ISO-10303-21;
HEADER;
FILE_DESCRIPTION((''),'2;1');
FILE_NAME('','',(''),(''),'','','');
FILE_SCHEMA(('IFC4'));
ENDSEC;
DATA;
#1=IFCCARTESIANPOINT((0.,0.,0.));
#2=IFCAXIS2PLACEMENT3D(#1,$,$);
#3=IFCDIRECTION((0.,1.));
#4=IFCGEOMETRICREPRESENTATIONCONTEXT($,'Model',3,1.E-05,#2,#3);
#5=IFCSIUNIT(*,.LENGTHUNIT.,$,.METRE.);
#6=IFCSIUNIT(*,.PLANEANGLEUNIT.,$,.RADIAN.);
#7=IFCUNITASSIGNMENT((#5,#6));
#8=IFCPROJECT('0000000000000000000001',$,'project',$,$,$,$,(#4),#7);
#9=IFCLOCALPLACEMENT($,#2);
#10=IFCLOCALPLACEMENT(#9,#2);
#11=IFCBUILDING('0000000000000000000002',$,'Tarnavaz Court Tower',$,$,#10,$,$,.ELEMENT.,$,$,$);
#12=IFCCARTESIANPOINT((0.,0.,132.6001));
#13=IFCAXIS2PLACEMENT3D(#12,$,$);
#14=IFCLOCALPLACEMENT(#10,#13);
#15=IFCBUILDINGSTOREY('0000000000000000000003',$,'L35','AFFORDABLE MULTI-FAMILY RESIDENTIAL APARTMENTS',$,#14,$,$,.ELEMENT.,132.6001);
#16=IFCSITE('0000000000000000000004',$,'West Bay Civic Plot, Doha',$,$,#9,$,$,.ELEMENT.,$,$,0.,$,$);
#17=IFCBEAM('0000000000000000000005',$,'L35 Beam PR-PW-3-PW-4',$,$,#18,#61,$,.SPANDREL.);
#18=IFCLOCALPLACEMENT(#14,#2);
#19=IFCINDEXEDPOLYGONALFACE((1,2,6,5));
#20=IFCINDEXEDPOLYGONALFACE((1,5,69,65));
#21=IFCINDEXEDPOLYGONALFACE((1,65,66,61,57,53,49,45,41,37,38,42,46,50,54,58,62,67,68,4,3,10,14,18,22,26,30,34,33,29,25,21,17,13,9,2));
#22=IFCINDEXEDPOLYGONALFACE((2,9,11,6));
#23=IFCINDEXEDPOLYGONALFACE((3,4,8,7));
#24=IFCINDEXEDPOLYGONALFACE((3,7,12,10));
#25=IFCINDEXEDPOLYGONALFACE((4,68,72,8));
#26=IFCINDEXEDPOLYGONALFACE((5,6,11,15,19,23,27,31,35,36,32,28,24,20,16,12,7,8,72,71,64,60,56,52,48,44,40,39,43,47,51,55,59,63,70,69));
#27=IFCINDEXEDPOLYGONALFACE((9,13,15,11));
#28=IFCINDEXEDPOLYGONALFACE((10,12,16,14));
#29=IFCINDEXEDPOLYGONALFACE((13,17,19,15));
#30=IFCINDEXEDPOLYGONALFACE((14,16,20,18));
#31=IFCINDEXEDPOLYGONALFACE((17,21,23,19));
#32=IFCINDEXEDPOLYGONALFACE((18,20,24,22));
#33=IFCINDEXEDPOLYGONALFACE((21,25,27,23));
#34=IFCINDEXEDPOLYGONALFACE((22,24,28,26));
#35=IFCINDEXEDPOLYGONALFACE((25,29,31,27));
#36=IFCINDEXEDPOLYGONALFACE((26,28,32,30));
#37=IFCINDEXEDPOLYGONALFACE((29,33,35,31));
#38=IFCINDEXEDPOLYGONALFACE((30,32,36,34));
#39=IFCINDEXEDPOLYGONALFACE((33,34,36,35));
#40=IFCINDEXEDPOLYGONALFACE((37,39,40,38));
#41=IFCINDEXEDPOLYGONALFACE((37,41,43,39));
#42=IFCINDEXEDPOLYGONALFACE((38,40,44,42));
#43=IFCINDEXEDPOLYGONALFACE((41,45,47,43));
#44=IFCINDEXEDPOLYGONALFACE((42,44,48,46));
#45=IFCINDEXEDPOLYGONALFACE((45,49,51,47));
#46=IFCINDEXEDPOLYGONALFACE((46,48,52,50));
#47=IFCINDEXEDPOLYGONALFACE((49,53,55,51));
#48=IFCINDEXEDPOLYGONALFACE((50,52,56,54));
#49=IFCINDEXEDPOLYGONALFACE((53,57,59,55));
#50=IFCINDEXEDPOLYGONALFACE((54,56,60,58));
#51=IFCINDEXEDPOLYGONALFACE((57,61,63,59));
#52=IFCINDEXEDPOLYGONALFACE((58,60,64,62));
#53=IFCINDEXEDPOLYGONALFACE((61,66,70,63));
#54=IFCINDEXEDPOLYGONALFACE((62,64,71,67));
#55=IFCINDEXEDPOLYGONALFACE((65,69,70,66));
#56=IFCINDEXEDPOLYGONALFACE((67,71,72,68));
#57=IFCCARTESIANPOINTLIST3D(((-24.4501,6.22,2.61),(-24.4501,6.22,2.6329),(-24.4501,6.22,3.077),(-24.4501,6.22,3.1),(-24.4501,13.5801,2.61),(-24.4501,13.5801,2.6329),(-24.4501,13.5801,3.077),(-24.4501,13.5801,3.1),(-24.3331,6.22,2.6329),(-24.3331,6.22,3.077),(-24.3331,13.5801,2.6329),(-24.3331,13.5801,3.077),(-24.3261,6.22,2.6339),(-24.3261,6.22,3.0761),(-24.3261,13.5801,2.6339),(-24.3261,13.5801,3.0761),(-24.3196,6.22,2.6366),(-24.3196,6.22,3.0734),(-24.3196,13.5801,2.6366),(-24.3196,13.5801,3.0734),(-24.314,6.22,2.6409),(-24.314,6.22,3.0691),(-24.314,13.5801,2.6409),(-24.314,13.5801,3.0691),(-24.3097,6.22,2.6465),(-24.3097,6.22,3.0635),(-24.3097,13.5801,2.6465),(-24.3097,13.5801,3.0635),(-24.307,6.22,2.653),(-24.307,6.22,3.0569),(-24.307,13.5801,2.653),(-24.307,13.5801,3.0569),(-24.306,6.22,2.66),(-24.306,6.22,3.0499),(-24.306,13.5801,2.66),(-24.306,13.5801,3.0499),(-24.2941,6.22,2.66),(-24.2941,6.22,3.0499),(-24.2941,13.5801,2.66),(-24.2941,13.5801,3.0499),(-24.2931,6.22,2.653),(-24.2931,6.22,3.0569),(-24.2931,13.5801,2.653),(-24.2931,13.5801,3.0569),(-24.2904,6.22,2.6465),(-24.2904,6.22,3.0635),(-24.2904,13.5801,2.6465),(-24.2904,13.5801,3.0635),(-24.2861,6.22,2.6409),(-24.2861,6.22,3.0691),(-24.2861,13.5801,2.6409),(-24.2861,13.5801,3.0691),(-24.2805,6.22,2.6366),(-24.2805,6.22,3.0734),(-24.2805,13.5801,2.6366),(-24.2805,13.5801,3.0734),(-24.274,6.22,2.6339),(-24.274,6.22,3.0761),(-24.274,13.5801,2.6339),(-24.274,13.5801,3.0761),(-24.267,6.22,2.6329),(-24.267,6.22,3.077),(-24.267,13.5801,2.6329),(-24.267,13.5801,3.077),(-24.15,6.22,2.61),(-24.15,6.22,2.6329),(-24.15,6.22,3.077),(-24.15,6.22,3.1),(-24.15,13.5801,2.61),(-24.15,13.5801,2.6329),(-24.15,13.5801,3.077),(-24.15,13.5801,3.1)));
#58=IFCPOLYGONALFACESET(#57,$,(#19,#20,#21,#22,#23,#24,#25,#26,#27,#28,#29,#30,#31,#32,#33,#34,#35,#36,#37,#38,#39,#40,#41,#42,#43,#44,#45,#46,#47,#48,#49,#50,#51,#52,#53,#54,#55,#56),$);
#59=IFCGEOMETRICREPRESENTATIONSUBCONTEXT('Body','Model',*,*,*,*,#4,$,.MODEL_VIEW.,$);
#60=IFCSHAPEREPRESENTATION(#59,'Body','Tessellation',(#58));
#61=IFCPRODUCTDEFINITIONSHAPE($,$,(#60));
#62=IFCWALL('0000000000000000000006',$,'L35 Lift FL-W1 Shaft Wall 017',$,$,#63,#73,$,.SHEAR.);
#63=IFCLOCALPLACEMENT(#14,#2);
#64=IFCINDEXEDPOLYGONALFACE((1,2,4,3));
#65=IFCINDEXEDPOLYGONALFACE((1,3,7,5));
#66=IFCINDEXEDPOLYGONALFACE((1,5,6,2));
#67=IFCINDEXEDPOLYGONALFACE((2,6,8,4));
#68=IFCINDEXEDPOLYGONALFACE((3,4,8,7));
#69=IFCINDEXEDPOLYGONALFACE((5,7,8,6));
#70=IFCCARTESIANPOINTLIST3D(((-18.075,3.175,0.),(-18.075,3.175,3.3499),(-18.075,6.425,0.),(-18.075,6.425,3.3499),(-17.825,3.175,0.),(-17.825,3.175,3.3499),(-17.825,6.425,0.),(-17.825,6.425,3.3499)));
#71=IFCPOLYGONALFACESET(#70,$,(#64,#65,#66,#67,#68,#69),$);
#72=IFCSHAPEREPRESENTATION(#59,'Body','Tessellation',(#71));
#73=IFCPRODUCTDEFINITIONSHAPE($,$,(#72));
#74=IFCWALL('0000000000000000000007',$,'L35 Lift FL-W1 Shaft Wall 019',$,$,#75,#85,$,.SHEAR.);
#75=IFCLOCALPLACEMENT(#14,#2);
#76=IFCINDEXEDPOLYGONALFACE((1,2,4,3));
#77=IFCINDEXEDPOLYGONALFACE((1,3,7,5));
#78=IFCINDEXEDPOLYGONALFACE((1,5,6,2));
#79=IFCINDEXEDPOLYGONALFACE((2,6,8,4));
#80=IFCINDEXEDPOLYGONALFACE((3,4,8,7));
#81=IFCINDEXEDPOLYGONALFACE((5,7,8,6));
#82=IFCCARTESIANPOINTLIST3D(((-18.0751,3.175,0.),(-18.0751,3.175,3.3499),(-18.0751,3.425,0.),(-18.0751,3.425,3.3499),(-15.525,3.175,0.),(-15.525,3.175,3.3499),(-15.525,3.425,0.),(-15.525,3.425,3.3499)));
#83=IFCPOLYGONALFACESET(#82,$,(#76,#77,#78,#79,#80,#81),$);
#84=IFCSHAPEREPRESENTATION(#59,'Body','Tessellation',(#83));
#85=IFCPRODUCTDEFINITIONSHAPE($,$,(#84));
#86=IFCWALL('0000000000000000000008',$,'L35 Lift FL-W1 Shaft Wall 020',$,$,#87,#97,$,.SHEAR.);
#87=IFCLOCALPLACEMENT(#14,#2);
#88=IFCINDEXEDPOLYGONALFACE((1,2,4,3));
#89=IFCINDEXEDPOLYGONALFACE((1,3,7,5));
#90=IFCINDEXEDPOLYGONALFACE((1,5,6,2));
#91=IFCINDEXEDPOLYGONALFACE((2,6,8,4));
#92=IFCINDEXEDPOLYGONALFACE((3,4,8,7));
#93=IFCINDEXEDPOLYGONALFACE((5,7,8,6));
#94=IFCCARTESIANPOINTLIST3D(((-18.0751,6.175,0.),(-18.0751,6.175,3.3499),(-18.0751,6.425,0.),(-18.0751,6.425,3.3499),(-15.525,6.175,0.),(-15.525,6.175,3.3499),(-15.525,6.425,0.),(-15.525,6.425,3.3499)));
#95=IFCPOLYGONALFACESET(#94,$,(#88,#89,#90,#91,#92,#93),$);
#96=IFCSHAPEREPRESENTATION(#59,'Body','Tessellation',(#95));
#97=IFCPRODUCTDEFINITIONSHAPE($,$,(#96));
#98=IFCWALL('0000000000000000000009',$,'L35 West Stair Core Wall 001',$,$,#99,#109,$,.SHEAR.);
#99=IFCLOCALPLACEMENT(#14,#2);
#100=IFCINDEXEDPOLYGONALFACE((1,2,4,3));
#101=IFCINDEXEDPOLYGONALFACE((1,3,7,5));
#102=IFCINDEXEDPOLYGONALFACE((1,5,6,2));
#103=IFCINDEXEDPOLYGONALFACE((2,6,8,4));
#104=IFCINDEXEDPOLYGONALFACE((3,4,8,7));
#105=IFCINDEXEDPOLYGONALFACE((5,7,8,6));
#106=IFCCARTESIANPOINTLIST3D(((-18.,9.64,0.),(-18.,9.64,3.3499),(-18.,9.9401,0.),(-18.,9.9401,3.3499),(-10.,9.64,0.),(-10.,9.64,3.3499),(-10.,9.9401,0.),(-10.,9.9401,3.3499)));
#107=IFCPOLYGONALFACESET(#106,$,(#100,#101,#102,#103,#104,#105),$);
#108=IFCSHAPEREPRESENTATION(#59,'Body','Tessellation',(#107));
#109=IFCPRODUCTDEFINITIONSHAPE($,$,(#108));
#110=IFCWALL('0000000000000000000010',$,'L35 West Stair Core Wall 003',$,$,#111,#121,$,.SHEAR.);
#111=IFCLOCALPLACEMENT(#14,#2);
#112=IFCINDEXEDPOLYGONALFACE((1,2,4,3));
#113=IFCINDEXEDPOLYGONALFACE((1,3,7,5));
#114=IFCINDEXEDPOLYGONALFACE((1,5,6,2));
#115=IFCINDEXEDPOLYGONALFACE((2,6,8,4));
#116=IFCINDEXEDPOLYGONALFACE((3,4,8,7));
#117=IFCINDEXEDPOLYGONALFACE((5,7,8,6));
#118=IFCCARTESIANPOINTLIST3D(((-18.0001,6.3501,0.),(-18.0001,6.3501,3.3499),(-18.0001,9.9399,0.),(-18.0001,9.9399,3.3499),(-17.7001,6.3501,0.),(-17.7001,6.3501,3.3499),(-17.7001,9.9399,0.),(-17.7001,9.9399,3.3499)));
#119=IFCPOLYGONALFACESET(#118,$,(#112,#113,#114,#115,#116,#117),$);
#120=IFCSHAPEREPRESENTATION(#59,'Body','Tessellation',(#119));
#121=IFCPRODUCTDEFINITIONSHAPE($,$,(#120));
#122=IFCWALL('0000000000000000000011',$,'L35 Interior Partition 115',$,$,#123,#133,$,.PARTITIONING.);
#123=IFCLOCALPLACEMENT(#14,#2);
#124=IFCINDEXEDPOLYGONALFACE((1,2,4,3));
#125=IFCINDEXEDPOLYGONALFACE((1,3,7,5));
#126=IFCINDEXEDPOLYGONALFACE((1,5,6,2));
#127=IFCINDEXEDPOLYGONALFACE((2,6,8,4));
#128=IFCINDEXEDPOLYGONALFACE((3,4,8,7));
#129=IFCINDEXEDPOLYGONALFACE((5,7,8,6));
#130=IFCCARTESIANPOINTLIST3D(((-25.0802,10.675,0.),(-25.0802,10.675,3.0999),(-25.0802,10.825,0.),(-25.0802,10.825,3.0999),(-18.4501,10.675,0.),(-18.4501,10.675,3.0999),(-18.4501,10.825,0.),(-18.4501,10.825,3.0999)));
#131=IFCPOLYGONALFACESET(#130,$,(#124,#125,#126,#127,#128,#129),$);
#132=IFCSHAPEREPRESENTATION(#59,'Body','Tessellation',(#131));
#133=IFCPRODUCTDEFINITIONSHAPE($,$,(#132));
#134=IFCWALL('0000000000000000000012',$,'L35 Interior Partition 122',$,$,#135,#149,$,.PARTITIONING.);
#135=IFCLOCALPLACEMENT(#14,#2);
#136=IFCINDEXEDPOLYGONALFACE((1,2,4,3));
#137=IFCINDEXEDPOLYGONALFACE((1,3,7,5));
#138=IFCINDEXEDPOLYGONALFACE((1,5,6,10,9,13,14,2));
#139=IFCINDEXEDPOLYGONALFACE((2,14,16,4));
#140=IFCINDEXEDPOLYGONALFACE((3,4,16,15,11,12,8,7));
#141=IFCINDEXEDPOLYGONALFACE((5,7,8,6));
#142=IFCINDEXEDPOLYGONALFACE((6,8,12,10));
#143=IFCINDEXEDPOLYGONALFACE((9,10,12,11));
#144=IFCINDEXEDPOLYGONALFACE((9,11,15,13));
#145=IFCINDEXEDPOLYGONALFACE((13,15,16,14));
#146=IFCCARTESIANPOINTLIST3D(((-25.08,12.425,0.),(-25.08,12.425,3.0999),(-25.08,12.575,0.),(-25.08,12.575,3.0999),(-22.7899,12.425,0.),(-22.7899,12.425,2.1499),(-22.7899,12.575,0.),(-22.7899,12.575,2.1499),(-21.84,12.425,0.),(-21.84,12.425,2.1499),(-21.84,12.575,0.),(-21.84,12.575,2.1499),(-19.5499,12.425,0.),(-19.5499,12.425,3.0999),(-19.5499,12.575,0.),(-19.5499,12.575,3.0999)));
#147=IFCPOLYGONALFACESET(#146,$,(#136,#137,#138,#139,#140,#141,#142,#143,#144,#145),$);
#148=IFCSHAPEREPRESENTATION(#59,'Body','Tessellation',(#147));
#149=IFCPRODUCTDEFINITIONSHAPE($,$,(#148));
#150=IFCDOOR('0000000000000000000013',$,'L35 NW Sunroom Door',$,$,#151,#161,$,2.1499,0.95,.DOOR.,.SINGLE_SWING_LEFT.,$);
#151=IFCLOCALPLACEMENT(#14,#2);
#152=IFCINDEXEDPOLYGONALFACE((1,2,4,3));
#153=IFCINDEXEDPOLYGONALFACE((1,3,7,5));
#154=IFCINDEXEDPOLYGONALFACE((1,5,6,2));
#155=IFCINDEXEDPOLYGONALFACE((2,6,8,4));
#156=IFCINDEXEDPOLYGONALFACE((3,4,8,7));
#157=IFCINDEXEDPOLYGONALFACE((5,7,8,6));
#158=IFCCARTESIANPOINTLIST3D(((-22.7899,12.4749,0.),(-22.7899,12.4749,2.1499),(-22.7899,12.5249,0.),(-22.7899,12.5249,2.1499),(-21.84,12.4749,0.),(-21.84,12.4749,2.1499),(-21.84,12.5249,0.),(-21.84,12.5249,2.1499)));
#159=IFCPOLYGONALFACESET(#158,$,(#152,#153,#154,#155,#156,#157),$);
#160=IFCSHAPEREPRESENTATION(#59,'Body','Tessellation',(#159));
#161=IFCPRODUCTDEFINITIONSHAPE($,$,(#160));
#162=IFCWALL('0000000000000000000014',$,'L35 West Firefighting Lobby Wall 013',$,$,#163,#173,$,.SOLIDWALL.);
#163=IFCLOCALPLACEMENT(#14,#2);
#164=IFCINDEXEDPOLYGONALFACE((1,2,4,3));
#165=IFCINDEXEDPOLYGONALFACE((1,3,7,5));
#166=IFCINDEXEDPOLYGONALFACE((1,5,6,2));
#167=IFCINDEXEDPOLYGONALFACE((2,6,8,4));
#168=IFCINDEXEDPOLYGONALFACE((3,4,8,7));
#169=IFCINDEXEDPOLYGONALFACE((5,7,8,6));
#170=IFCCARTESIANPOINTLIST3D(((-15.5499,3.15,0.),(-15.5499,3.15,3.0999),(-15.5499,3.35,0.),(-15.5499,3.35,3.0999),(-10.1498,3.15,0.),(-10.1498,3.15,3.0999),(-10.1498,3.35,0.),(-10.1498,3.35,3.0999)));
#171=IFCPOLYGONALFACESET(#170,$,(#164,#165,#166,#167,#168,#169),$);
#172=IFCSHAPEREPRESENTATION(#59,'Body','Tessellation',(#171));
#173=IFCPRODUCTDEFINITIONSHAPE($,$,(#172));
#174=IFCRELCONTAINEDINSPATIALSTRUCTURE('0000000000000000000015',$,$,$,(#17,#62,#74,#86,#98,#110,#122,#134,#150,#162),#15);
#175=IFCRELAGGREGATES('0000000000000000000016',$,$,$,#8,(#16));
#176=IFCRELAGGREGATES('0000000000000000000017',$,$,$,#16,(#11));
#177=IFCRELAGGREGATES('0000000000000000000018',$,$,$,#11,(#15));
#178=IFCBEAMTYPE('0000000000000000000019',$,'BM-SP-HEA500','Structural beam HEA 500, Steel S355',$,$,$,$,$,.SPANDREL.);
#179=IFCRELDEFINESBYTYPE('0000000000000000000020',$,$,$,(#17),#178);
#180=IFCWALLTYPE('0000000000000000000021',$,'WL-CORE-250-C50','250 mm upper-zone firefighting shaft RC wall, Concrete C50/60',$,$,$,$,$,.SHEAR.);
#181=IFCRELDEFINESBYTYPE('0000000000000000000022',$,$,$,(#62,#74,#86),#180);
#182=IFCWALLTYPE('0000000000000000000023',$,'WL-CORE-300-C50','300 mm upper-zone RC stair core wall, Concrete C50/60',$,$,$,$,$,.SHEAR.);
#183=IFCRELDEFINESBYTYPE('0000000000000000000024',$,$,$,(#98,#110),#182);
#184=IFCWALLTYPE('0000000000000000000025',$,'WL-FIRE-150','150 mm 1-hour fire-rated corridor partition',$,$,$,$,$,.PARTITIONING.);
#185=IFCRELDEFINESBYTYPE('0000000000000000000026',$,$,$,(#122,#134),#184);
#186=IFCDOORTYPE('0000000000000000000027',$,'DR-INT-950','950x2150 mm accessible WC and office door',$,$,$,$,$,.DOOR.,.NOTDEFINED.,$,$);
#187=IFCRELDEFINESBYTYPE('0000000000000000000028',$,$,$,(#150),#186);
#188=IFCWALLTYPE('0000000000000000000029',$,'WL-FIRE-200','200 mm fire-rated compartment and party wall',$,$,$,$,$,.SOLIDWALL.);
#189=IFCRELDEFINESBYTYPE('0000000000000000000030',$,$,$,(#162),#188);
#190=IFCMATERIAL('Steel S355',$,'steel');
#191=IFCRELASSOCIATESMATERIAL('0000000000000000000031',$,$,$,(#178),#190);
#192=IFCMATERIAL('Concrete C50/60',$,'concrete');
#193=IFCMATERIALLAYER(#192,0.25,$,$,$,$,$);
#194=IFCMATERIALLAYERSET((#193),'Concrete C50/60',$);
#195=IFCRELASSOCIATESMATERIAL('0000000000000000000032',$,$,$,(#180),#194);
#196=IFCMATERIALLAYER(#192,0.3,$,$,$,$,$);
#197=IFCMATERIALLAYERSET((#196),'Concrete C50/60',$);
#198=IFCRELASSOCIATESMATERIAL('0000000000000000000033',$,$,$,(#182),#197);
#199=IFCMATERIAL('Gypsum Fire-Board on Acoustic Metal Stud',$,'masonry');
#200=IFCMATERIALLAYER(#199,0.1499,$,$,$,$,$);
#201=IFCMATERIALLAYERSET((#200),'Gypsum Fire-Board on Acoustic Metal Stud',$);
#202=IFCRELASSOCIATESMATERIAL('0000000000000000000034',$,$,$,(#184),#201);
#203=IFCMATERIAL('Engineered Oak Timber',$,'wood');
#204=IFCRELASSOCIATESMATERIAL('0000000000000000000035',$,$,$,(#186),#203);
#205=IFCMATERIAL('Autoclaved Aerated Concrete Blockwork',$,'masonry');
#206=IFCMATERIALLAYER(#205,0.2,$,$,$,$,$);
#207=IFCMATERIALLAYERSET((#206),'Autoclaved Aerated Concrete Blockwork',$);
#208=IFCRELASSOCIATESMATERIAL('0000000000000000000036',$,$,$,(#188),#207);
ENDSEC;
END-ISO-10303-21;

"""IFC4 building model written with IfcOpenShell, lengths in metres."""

from ifc_helpers import new_model, si_unit, direction, frame, frame_2d, origin, origin_2d, place, context, subcontext, project, spatial, rectangle, i_section, extrude, material, layer, layer_set, material_profile, profile_set, type_object, element, fill, save


model = new_model("IFC4")

# Units and contexts
model_context = context("Model", 3, precision=1e-05, world=origin(), true_north=direction((0.0, 1.0)))
body_context = subcontext(model_context, "Body", "Model", "MODEL_VIEW")
ifc_project = project(units=[si_unit("LENGTHUNIT", "METRE"), si_unit("PLANEANGLEUNIT", "RADIAN")], contexts=[model_context])

# Site, building, storey
site_placement = place(None, origin())
site = spatial("IfcSite", under=ifc_project, at=site_placement, Name="West Bay Civic Plot, Doha", CompositionType="ELEMENT", RefElevation=0.0)
building_placement = place(site_placement, origin())
building = spatial("IfcBuilding", under=site, at=building_placement, Name="Tarnavaz Court Tower", CompositionType="ELEMENT")
storey_placement = place(building_placement, frame((0.0, 0.0, 132.6001)))
storey = spatial("IfcBuildingStorey", under=building, at=storey_placement, Name="L35", Description="AFFORDABLE MULTI-FAMILY RESIDENTIAL APARTMENTS", CompositionType="ELEMENT", Elevation=132.6001)

# Shared definitions
ifc_material_1 = material(Name="Concrete C50/60", Category="concrete")

# Beam
ifc_material_2 = material(Name="Steel S355", Category="steel")
ifc_material_profile_1 = material_profile(ifc_material_2, i_section(OverallWidth=0.3, OverallDepth=0.49, WebThickness=0.012, FlangeThickness=0.0229, FilletRadius=0.0271, at=origin_2d()), Name="HEA 500")
ifc_profile_set_1 = profile_set([ifc_material_profile_1], Name="Steel S355")
beam_type_1 = type_object("IfcBeamType", Name="BM-SP-HEA500", Description="Structural beam HEA 500, Steel S355", PredefinedType="SPANDREL", material=ifc_profile_set_1)
beam_1_placement = place(storey_placement, frame((-24.3, 6.22, 2.855), z_axis=(0.0, 1.0, 0.0), x_axis=(-1.0, 0.0, 0.0)))
element("IfcBeam", 1, at=beam_1_placement, inside=storey, type_object=beam_type_1, Name="L35 Beam PR-PW-3-PW-4", PredefinedType="SPANDREL", context=body_context, shape_type="SweptSolid", body=[
    extrude(i_section(OverallWidth=0.3, OverallDepth=0.49, WebThickness=0.012, FlangeThickness=0.0229, FilletRadius=0.0271, at=origin_2d()), origin(), (0.0, 0.0, 1.0), 7.3601),
])

# Wall
ifc_layer_1 = layer(ifc_material_1, 0.25)
ifc_layer_set_1 = layer_set([ifc_layer_1], Name="Concrete C50/60")
wall_type_1 = type_object("IfcWallType", Name="WL-CORE-250-C50", Description="250 mm upper-zone firefighting shaft RC wall, Concrete C50/60", PredefinedType="SHEAR", material=ifc_layer_set_1)
wall_1_placement = place(storey_placement, frame((-17.95, 3.175, 0.0), z_axis=(0.0, 0.0, 1.0), x_axis=(0.0, 1.0, 0.0)))
element("IfcWall", 2, at=wall_1_placement, inside=storey, type_object=wall_type_1, Name="L35 Lift FL-W1 Shaft Wall 017", PredefinedType="SHEAR", context=body_context, shape_type="SweptSolid", body=[
    extrude(rectangle(XDim=3.25, YDim=0.25, at=frame_2d((1.625, 0.0))), origin(), (0.0, 0.0, 1.0), 3.3499),
])

# Walls
for number, where, z_axis, x_axis, name in (
    (3, (-18.075, 3.3, 0.0), (0.0, 0.0, 1.0), (1.0, 0.0, 0.0), "L35 Lift FL-W1 Shaft Wall 019"),
    (4, (-18.075, 6.3, 0.0), (0.0, 0.0, 1.0), (1.0, 0.0, 0.0), "L35 Lift FL-W1 Shaft Wall 020"),
):
    element("IfcWall", number, at=place(storey_placement, frame(where, z_axis=z_axis, x_axis=x_axis)), inside=storey, type_object=wall_type_1, Name=name, PredefinedType="SHEAR", context=body_context, shape_type="SweptSolid", body=[
        extrude(rectangle(XDim=2.55, YDim=0.25, at=frame_2d((1.2749, 0.0))), origin(), (0.0, 0.0, 1.0), 3.3499),
    ])
ifc_layer_2 = layer(ifc_material_1, 0.3)
ifc_layer_set_2 = layer_set([ifc_layer_2], Name="Concrete C50/60")
wall_type_2 = type_object("IfcWallType", Name="WL-CORE-300-C50", Description="300 mm upper-zone RC stair core wall, Concrete C50/60", PredefinedType="SHEAR", material=ifc_layer_set_2)
wall_2_placement = place(storey_placement, frame((-18.0, 9.79, 0.0), z_axis=(0.0, 0.0, 1.0), x_axis=(1.0, 0.0, 0.0)))
element("IfcWall", 5, at=wall_2_placement, inside=storey, type_object=wall_type_2, Name="L35 West Stair Core Wall 001", PredefinedType="SHEAR", context=body_context, shape_type="SweptSolid", body=[
    extrude(rectangle(XDim=8.0, YDim=0.3, at=frame_2d((4.0, 0.0))), origin(), (0.0, 0.0, 1.0), 3.3499),
])

# Walls
wall_3_placement = place(storey_placement, frame((-17.8501, 6.3501, 0.0), z_axis=(0.0, 0.0, 1.0), x_axis=(0.0, 1.0, 0.0)))
element("IfcWall", 6, at=wall_3_placement, inside=storey, type_object=wall_type_2, Name="L35 West Stair Core Wall 003", PredefinedType="SHEAR", context=body_context, shape_type="SweptSolid", body=[
    extrude(rectangle(XDim=3.5898, YDim=0.3, at=frame_2d((1.7949, 0.0))), origin(), (0.0, 0.0, 1.0), 3.3499),
])
ifc_material_3 = material(Name="Gypsum Fire-Board on Acoustic Metal Stud", Category="masonry")
ifc_layer_3 = layer(ifc_material_3, 0.1499)
ifc_layer_set_3 = layer_set([ifc_layer_3], Name="Gypsum Fire-Board on Acoustic Metal Stud")
wall_type_3 = type_object("IfcWallType", Name="WL-FIRE-150", Description="150 mm 1-hour fire-rated corridor partition", PredefinedType="PARTITIONING", material=ifc_layer_set_3)
wall_4_placement = place(storey_placement, frame((-25.0801, 10.75, 0.0), z_axis=(0.0, 0.0, 1.0), x_axis=(1.0, 0.0, 0.0)))
element("IfcWall", 7, at=wall_4_placement, inside=storey, type_object=wall_type_3, Name="L35 Interior Partition 115", PredefinedType="PARTITIONING", context=body_context, shape_type="SweptSolid", body=[
    extrude(rectangle(XDim=6.6301, YDim=0.1499, at=frame_2d((3.3149, 0.0))), origin(), (0.0, 0.0, 1.0), 3.0999),
])

# Wall, opening, door
wall_5_placement = place(storey_placement, frame((-25.0801, 12.5, 0.0), z_axis=(0.0, 0.0, 1.0), x_axis=(1.0, 0.0, 0.0)))
wall_5 = element("IfcWall", 8, at=wall_5_placement, inside=storey, type_object=wall_type_3, Name="L35 Interior Partition 122", PredefinedType="PARTITIONING", context=body_context, shape_type="SweptSolid", body=[
    extrude(rectangle(XDim=5.53, YDim=0.1499, at=frame_2d((2.7651, 0.0))), origin(), (0.0, 0.0, 1.0), 3.0999),
])
opening_1_placement = place(wall_5_placement, frame((2.29, 0.0, 0.0)))
opening_1 = element("IfcOpeningElement", 9, at=opening_1_placement, cuts=wall_5, PredefinedType="OPENING", context=body_context, shape_type="SweptSolid", body=[
    extrude(rectangle(XDim=0.95, YDim=2.1499, at=frame_2d((0.4751, 1.075))), frame((0.0, 0.085, 0.0), z_axis=(0.0, -1.0, 0.0), x_axis=(1.0, 0.0, 0.0)), (0.0, 0.0, 1.0), 0.1699),
])
ifc_material_4 = material(Name="Engineered Oak Timber", Category="wood")
door_type_1 = type_object("IfcDoorType", Name="DR-INT-950", Description="950x2150 mm accessible WC and office door", OperationType="NOTDEFINED", PredefinedType="DOOR", material=ifc_material_4)
door_1_placement = place(opening_1_placement, origin())
door_1 = element("IfcDoor", 10, at=door_1_placement, inside=storey, type_object=door_type_1, Name="L35 NW Sunroom Door", OperationType="SINGLE_SWING_LEFT", OverallHeight=2.1499, OverallWidth=0.95, PredefinedType="DOOR", context=body_context, shape_type="SweptSolid", body=[
    extrude(rectangle(XDim=0.95, YDim=2.1499, at=frame_2d((0.4751, 1.075))), frame((0.0, 0.0249, 0.0), z_axis=(0.0, -1.0, 0.0), x_axis=(1.0, 0.0, 0.0)), (0.0, 0.0, 1.0), 0.05),
])
fill(opening_1, door_1)

# Wall
ifc_material_5 = material(Name="Autoclaved Aerated Concrete Blockwork", Category="masonry")
ifc_layer_4 = layer(ifc_material_5, 0.2)
ifc_layer_set_4 = layer_set([ifc_layer_4], Name="Autoclaved Aerated Concrete Blockwork")
wall_type_4 = type_object("IfcWallType", Name="WL-FIRE-200", Description="200 mm fire-rated compartment and party wall", PredefinedType="SOLIDWALL", material=ifc_layer_set_4)
wall_6_placement = place(storey_placement, frame((-15.55, 3.25, 0.0), z_axis=(0.0, 0.0, 1.0), x_axis=(1.0, 0.0, 0.0)))
element("IfcWall", 11, at=wall_6_placement, inside=storey, type_object=wall_type_4, Name="L35 West Firefighting Lobby Wall 013", PredefinedType="SOLIDWALL", context=body_context, shape_type="SweptSolid", body=[
    extrude(rectangle(XDim=5.4001, YDim=0.2, at=frame_2d((2.7002, 0.0))), origin(), (0.0, 0.0, 1.0), 3.0999),
])

save(model, "model.ifc")
